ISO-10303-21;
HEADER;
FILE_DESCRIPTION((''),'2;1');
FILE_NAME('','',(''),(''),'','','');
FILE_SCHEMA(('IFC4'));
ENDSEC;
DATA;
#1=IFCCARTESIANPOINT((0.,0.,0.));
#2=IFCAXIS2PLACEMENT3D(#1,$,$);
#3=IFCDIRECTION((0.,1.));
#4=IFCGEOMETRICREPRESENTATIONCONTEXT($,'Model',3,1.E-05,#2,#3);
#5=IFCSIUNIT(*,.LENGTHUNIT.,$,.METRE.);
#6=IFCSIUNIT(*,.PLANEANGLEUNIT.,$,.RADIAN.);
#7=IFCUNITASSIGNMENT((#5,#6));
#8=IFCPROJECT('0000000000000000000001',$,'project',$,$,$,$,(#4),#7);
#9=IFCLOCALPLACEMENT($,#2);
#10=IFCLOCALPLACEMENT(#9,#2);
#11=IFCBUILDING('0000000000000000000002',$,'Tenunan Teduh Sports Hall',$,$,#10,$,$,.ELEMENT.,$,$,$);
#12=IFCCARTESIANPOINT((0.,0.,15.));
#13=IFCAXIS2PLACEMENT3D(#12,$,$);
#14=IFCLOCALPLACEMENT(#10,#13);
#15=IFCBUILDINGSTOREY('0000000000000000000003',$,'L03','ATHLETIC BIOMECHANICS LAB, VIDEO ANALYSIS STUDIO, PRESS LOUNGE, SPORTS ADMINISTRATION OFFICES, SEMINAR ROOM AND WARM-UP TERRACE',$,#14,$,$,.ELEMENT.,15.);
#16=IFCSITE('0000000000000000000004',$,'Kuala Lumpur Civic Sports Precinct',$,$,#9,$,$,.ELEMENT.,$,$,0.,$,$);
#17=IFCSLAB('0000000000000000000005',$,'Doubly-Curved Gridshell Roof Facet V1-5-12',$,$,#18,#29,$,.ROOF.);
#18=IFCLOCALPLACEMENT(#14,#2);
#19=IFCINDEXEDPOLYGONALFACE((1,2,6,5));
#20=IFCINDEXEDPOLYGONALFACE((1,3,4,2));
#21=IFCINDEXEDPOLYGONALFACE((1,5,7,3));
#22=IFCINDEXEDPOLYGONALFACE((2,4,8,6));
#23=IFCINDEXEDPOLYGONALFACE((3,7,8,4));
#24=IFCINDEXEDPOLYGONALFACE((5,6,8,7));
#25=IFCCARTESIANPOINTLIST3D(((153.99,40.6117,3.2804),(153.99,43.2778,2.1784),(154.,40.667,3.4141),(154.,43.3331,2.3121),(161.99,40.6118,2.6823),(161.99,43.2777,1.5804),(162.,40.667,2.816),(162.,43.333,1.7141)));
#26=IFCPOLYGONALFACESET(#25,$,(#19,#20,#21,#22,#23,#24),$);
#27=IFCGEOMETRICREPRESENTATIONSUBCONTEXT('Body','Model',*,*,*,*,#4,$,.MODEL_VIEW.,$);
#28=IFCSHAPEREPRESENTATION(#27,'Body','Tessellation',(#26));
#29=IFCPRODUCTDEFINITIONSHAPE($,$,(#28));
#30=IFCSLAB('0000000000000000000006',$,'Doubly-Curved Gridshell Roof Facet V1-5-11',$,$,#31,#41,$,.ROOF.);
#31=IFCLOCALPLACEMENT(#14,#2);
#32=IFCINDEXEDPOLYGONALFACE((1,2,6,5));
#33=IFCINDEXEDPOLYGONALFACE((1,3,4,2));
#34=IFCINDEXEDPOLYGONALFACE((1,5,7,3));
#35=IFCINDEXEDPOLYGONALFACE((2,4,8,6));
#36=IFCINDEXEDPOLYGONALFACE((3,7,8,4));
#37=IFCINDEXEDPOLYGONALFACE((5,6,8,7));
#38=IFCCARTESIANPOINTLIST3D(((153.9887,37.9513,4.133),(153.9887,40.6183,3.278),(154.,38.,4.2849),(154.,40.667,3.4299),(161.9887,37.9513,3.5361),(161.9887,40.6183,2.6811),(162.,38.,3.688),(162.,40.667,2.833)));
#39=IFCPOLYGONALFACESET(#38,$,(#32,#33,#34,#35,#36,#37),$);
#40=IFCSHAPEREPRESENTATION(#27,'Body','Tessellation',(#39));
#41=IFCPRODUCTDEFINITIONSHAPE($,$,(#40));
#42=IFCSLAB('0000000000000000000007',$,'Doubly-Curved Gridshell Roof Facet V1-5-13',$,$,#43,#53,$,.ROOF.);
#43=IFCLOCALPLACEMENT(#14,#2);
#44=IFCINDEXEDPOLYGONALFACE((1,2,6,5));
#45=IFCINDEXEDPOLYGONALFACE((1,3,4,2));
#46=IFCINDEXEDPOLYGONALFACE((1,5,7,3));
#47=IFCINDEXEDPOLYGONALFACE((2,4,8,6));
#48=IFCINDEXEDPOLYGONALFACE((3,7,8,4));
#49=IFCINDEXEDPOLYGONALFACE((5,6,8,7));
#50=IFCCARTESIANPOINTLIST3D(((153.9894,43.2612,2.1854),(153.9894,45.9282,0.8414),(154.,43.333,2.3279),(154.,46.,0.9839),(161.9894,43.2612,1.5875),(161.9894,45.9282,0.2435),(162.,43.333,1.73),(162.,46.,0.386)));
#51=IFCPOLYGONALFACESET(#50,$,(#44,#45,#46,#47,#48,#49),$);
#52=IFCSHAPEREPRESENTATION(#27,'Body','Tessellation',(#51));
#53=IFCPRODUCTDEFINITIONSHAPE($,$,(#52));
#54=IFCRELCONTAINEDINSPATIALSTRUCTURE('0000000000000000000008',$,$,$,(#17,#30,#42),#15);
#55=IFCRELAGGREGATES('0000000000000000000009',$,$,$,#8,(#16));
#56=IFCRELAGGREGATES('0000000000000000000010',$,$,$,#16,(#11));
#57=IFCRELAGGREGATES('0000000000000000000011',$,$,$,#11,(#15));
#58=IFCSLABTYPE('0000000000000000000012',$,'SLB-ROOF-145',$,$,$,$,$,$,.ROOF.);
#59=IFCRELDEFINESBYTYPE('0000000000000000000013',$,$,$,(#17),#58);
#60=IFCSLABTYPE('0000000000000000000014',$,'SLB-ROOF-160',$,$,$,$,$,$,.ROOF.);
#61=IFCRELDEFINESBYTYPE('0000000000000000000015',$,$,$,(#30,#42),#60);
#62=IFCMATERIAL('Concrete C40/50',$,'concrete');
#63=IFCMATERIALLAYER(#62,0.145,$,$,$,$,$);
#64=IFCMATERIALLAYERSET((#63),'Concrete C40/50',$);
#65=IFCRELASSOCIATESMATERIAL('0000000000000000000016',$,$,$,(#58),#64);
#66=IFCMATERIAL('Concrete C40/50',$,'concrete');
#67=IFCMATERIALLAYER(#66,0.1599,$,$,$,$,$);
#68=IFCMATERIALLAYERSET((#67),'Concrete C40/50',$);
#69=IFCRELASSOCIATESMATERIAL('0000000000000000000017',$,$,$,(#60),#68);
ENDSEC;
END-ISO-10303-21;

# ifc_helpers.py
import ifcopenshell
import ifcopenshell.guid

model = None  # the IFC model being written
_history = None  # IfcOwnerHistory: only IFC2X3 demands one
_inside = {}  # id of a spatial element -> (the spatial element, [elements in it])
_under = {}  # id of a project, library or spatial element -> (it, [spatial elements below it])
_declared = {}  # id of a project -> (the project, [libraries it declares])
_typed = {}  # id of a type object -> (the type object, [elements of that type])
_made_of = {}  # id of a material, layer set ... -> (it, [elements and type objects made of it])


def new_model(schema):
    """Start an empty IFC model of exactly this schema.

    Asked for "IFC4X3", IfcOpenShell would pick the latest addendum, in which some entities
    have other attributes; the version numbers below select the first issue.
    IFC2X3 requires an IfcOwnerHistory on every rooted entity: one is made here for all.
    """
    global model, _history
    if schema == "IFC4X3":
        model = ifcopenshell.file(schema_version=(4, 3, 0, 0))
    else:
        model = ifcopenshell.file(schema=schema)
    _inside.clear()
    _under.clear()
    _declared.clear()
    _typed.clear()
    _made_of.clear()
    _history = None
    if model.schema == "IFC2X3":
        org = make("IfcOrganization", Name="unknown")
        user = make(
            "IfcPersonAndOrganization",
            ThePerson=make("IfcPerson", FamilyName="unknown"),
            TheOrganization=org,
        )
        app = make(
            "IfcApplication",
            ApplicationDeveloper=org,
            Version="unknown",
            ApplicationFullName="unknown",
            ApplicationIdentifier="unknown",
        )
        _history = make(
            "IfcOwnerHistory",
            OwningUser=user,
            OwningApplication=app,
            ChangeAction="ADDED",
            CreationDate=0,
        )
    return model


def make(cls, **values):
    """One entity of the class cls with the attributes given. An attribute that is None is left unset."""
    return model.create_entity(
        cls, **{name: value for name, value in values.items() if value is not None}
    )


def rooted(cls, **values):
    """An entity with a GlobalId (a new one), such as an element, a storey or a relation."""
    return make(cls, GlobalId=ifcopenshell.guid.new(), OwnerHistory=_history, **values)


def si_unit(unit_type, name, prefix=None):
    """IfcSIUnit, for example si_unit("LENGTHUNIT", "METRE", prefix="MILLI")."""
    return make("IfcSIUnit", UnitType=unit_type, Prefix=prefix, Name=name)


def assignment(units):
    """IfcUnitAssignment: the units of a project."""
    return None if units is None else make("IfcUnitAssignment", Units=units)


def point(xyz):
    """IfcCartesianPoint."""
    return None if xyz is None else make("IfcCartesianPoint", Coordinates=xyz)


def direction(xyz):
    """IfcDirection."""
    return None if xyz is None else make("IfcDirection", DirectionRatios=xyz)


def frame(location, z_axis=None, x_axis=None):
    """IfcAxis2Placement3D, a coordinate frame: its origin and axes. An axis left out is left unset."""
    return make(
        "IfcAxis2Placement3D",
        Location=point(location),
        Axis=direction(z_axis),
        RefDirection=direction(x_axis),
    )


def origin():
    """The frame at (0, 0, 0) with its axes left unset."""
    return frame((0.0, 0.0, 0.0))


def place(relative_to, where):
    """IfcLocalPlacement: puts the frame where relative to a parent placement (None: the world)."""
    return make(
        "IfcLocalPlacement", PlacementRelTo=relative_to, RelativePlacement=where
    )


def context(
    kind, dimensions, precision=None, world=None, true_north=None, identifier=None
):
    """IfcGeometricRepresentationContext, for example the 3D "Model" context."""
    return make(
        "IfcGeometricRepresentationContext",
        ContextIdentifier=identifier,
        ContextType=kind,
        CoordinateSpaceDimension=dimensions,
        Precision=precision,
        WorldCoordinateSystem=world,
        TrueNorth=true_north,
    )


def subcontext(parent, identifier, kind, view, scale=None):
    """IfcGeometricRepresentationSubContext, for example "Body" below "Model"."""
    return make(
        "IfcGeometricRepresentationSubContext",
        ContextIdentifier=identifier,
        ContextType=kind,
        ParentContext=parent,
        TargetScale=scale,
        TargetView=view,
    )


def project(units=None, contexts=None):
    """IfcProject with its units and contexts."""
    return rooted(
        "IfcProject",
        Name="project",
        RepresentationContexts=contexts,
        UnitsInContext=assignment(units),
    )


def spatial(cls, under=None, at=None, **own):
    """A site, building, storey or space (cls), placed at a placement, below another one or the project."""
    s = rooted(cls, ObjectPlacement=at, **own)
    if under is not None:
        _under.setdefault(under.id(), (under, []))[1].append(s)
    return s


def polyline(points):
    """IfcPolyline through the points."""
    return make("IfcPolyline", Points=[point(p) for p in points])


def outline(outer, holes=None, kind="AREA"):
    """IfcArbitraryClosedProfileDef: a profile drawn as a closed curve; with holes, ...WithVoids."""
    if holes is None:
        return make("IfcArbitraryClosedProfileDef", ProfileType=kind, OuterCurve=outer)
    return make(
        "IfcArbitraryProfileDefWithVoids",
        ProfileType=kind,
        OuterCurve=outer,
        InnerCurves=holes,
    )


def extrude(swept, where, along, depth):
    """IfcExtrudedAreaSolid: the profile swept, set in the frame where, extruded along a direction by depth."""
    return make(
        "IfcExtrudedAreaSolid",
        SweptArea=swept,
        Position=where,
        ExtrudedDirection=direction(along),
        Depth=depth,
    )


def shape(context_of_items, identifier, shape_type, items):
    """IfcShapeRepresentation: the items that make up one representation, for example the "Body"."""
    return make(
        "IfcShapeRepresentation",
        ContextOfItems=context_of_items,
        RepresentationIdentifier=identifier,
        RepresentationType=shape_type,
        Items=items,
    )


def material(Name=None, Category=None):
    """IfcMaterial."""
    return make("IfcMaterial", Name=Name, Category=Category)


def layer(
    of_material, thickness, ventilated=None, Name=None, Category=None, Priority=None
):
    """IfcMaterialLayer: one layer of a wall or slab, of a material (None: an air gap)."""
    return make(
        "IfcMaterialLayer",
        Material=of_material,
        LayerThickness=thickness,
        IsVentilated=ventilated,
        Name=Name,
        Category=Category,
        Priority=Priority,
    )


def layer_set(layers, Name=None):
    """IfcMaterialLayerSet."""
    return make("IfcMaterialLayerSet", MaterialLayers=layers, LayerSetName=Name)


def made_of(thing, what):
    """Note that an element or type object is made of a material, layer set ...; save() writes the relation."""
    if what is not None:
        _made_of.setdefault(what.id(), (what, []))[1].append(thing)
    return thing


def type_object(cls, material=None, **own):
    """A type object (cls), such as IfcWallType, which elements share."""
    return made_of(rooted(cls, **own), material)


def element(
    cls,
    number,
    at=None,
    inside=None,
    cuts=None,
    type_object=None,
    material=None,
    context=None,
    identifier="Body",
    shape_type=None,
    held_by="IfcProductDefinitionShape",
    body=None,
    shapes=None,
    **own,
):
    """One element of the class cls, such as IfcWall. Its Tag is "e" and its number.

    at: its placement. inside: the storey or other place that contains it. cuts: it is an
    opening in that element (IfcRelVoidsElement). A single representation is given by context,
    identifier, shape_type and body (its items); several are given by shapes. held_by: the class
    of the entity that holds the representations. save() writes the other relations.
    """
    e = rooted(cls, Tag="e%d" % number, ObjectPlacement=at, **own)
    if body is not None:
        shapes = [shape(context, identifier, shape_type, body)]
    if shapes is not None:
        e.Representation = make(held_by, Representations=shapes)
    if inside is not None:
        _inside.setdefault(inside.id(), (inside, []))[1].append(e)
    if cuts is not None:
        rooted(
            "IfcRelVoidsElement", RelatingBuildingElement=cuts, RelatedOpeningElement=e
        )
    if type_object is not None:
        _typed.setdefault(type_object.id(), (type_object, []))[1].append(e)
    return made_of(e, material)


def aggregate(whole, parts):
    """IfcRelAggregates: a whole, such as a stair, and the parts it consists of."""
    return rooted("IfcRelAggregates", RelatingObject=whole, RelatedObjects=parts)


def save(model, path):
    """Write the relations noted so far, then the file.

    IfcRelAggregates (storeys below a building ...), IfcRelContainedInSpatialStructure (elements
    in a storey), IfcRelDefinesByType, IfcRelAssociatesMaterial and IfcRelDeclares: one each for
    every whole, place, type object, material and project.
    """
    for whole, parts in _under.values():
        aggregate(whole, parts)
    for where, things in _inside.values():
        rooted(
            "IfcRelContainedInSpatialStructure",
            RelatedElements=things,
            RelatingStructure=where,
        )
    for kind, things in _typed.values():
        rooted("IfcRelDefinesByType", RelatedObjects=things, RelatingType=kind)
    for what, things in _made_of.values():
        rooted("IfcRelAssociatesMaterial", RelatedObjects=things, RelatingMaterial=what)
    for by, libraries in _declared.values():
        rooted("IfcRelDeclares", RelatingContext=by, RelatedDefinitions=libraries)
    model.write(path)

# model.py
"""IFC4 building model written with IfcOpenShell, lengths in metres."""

from ifc_helpers import new_model, si_unit, direction, frame, origin, place, context, subcontext, project, spatial, polyline, outline, extrude, material, layer, layer_set, type_object, element, save


model = new_model("IFC4")

# Units and contexts
model_context = context("Model", 3, precision=1e-05, world=origin(), true_north=direction((0.0, 1.0)))
body_context = subcontext(model_context, "Body", "Model", "MODEL_VIEW")
ifc_project = project(units=[si_unit("LENGTHUNIT", "METRE"), si_unit("PLANEANGLEUNIT", "RADIAN")], contexts=[model_context])

# Site, building, storey
site_placement = place(None, origin())
site = spatial("IfcSite", under=ifc_project, at=site_placement, Name="Kuala Lumpur Civic Sports Precinct", CompositionType="ELEMENT", RefElevation=0.0)
building_placement = place(site_placement, origin())
building = spatial("IfcBuilding", under=site, at=building_placement, Name="Tenunan Teduh Sports Hall", CompositionType="ELEMENT")
storey_placement = place(building_placement, frame((0.0, 0.0, 15.0)))
storey = spatial("IfcBuildingStorey", under=building, at=storey_placement, Name="L03", Description="ATHLETIC BIOMECHANICS LAB, VIDEO ANALYSIS STUDIO, PRESS LOUNGE, SPORTS ADMINISTRATION OFFICES, SEMINAR ROOM AND WARM-UP TERRACE", CompositionType="ELEMENT", Elevation=15.0)

# Slabs
ifc_material_1 = material(Name="Concrete C40/50", Category="concrete")
ifc_layer_1 = layer(ifc_material_1, 0.145)
ifc_layer_set_1 = layer_set([ifc_layer_1], Name="Concrete C40/50")
slab_type_1 = type_object("IfcSlabType", Name="SLB-ROOF-145", PredefinedType="ROOF", material=ifc_layer_set_1)
slab_1_placement = place(storey_placement, frame((154.0, 40.667, 3.4141), z_axis=(0.06892, 0.381073, 0.921972), x_axis=(0.997217, 0.000005, -0.074547)))
element("IfcSlab", 1, at=slab_1_placement, inside=storey, type_object=slab_type_1, Name="Doubly-Curved Gridshell Roof Facet V1-5-12", PredefinedType="ROOF", context=body_context, shape_type="SweptSolid", body=[
    extrude(outline(polyline([(0.0, 0.0), (8.0223, 0.0), (8.1045, 2.8836), (0.0822, 2.8836), (0.0, 0.0)])), origin(), (0.0, 0.0, -1.0), 0.145),
])
ifc_material_2 = material(Name="Concrete C40/50", Category="concrete")
ifc_layer_2 = layer(ifc_material_2, 0.1599)
ifc_layer_set_2 = layer_set([ifc_layer_2], Name="Concrete C40/50")
slab_type_2 = type_object("IfcSlabType", Name="SLB-ROOF-160", PredefinedType="ROOF", material=ifc_layer_set_2)
slab_2_placement = place(storey_placement, frame((154.0, 38.0, 4.2849), z_axis=(0.070875, 0.304508, 0.949869), x_axis=(0.997228, 0.0, -0.074409)))
element("IfcSlab", 2, at=slab_2_placement, inside=storey, type_object=slab_type_2, Name="Doubly-Curved Gridshell Roof Facet V1-5-11", PredefinedType="ROOF", context=body_context, shape_type="SweptSolid", body=[
    extrude(outline(polyline([(0.0, 0.0), (8.0222, 0.0), (8.0859, 2.8), (0.0636, 2.8), (0.0, 0.0)])), origin(), (0.0, 0.0, -1.0), 0.1599),
])
slab_3_placement = place(storey_placement, frame((154.0, 43.333, 2.3279), z_axis=(0.066594, 0.449025, 0.891034), x_axis=(0.997219, 0.0, -0.07453)))
element("IfcSlab", 3, at=slab_3_placement, inside=storey, type_object=slab_type_2, Name="Doubly-Curved Gridshell Roof Facet V1-5-13", PredefinedType="ROOF", context=body_context, shape_type="SweptSolid", body=[
    extrude(outline(polyline([(0.0, 0.0), (8.0223, 0.0), (8.1225, 2.9848), (0.1002, 2.9848), (0.0, 0.0)])), origin(), (0.0, 0.0, -1.0), 0.1599),
])

save(model, "model.ifc")
